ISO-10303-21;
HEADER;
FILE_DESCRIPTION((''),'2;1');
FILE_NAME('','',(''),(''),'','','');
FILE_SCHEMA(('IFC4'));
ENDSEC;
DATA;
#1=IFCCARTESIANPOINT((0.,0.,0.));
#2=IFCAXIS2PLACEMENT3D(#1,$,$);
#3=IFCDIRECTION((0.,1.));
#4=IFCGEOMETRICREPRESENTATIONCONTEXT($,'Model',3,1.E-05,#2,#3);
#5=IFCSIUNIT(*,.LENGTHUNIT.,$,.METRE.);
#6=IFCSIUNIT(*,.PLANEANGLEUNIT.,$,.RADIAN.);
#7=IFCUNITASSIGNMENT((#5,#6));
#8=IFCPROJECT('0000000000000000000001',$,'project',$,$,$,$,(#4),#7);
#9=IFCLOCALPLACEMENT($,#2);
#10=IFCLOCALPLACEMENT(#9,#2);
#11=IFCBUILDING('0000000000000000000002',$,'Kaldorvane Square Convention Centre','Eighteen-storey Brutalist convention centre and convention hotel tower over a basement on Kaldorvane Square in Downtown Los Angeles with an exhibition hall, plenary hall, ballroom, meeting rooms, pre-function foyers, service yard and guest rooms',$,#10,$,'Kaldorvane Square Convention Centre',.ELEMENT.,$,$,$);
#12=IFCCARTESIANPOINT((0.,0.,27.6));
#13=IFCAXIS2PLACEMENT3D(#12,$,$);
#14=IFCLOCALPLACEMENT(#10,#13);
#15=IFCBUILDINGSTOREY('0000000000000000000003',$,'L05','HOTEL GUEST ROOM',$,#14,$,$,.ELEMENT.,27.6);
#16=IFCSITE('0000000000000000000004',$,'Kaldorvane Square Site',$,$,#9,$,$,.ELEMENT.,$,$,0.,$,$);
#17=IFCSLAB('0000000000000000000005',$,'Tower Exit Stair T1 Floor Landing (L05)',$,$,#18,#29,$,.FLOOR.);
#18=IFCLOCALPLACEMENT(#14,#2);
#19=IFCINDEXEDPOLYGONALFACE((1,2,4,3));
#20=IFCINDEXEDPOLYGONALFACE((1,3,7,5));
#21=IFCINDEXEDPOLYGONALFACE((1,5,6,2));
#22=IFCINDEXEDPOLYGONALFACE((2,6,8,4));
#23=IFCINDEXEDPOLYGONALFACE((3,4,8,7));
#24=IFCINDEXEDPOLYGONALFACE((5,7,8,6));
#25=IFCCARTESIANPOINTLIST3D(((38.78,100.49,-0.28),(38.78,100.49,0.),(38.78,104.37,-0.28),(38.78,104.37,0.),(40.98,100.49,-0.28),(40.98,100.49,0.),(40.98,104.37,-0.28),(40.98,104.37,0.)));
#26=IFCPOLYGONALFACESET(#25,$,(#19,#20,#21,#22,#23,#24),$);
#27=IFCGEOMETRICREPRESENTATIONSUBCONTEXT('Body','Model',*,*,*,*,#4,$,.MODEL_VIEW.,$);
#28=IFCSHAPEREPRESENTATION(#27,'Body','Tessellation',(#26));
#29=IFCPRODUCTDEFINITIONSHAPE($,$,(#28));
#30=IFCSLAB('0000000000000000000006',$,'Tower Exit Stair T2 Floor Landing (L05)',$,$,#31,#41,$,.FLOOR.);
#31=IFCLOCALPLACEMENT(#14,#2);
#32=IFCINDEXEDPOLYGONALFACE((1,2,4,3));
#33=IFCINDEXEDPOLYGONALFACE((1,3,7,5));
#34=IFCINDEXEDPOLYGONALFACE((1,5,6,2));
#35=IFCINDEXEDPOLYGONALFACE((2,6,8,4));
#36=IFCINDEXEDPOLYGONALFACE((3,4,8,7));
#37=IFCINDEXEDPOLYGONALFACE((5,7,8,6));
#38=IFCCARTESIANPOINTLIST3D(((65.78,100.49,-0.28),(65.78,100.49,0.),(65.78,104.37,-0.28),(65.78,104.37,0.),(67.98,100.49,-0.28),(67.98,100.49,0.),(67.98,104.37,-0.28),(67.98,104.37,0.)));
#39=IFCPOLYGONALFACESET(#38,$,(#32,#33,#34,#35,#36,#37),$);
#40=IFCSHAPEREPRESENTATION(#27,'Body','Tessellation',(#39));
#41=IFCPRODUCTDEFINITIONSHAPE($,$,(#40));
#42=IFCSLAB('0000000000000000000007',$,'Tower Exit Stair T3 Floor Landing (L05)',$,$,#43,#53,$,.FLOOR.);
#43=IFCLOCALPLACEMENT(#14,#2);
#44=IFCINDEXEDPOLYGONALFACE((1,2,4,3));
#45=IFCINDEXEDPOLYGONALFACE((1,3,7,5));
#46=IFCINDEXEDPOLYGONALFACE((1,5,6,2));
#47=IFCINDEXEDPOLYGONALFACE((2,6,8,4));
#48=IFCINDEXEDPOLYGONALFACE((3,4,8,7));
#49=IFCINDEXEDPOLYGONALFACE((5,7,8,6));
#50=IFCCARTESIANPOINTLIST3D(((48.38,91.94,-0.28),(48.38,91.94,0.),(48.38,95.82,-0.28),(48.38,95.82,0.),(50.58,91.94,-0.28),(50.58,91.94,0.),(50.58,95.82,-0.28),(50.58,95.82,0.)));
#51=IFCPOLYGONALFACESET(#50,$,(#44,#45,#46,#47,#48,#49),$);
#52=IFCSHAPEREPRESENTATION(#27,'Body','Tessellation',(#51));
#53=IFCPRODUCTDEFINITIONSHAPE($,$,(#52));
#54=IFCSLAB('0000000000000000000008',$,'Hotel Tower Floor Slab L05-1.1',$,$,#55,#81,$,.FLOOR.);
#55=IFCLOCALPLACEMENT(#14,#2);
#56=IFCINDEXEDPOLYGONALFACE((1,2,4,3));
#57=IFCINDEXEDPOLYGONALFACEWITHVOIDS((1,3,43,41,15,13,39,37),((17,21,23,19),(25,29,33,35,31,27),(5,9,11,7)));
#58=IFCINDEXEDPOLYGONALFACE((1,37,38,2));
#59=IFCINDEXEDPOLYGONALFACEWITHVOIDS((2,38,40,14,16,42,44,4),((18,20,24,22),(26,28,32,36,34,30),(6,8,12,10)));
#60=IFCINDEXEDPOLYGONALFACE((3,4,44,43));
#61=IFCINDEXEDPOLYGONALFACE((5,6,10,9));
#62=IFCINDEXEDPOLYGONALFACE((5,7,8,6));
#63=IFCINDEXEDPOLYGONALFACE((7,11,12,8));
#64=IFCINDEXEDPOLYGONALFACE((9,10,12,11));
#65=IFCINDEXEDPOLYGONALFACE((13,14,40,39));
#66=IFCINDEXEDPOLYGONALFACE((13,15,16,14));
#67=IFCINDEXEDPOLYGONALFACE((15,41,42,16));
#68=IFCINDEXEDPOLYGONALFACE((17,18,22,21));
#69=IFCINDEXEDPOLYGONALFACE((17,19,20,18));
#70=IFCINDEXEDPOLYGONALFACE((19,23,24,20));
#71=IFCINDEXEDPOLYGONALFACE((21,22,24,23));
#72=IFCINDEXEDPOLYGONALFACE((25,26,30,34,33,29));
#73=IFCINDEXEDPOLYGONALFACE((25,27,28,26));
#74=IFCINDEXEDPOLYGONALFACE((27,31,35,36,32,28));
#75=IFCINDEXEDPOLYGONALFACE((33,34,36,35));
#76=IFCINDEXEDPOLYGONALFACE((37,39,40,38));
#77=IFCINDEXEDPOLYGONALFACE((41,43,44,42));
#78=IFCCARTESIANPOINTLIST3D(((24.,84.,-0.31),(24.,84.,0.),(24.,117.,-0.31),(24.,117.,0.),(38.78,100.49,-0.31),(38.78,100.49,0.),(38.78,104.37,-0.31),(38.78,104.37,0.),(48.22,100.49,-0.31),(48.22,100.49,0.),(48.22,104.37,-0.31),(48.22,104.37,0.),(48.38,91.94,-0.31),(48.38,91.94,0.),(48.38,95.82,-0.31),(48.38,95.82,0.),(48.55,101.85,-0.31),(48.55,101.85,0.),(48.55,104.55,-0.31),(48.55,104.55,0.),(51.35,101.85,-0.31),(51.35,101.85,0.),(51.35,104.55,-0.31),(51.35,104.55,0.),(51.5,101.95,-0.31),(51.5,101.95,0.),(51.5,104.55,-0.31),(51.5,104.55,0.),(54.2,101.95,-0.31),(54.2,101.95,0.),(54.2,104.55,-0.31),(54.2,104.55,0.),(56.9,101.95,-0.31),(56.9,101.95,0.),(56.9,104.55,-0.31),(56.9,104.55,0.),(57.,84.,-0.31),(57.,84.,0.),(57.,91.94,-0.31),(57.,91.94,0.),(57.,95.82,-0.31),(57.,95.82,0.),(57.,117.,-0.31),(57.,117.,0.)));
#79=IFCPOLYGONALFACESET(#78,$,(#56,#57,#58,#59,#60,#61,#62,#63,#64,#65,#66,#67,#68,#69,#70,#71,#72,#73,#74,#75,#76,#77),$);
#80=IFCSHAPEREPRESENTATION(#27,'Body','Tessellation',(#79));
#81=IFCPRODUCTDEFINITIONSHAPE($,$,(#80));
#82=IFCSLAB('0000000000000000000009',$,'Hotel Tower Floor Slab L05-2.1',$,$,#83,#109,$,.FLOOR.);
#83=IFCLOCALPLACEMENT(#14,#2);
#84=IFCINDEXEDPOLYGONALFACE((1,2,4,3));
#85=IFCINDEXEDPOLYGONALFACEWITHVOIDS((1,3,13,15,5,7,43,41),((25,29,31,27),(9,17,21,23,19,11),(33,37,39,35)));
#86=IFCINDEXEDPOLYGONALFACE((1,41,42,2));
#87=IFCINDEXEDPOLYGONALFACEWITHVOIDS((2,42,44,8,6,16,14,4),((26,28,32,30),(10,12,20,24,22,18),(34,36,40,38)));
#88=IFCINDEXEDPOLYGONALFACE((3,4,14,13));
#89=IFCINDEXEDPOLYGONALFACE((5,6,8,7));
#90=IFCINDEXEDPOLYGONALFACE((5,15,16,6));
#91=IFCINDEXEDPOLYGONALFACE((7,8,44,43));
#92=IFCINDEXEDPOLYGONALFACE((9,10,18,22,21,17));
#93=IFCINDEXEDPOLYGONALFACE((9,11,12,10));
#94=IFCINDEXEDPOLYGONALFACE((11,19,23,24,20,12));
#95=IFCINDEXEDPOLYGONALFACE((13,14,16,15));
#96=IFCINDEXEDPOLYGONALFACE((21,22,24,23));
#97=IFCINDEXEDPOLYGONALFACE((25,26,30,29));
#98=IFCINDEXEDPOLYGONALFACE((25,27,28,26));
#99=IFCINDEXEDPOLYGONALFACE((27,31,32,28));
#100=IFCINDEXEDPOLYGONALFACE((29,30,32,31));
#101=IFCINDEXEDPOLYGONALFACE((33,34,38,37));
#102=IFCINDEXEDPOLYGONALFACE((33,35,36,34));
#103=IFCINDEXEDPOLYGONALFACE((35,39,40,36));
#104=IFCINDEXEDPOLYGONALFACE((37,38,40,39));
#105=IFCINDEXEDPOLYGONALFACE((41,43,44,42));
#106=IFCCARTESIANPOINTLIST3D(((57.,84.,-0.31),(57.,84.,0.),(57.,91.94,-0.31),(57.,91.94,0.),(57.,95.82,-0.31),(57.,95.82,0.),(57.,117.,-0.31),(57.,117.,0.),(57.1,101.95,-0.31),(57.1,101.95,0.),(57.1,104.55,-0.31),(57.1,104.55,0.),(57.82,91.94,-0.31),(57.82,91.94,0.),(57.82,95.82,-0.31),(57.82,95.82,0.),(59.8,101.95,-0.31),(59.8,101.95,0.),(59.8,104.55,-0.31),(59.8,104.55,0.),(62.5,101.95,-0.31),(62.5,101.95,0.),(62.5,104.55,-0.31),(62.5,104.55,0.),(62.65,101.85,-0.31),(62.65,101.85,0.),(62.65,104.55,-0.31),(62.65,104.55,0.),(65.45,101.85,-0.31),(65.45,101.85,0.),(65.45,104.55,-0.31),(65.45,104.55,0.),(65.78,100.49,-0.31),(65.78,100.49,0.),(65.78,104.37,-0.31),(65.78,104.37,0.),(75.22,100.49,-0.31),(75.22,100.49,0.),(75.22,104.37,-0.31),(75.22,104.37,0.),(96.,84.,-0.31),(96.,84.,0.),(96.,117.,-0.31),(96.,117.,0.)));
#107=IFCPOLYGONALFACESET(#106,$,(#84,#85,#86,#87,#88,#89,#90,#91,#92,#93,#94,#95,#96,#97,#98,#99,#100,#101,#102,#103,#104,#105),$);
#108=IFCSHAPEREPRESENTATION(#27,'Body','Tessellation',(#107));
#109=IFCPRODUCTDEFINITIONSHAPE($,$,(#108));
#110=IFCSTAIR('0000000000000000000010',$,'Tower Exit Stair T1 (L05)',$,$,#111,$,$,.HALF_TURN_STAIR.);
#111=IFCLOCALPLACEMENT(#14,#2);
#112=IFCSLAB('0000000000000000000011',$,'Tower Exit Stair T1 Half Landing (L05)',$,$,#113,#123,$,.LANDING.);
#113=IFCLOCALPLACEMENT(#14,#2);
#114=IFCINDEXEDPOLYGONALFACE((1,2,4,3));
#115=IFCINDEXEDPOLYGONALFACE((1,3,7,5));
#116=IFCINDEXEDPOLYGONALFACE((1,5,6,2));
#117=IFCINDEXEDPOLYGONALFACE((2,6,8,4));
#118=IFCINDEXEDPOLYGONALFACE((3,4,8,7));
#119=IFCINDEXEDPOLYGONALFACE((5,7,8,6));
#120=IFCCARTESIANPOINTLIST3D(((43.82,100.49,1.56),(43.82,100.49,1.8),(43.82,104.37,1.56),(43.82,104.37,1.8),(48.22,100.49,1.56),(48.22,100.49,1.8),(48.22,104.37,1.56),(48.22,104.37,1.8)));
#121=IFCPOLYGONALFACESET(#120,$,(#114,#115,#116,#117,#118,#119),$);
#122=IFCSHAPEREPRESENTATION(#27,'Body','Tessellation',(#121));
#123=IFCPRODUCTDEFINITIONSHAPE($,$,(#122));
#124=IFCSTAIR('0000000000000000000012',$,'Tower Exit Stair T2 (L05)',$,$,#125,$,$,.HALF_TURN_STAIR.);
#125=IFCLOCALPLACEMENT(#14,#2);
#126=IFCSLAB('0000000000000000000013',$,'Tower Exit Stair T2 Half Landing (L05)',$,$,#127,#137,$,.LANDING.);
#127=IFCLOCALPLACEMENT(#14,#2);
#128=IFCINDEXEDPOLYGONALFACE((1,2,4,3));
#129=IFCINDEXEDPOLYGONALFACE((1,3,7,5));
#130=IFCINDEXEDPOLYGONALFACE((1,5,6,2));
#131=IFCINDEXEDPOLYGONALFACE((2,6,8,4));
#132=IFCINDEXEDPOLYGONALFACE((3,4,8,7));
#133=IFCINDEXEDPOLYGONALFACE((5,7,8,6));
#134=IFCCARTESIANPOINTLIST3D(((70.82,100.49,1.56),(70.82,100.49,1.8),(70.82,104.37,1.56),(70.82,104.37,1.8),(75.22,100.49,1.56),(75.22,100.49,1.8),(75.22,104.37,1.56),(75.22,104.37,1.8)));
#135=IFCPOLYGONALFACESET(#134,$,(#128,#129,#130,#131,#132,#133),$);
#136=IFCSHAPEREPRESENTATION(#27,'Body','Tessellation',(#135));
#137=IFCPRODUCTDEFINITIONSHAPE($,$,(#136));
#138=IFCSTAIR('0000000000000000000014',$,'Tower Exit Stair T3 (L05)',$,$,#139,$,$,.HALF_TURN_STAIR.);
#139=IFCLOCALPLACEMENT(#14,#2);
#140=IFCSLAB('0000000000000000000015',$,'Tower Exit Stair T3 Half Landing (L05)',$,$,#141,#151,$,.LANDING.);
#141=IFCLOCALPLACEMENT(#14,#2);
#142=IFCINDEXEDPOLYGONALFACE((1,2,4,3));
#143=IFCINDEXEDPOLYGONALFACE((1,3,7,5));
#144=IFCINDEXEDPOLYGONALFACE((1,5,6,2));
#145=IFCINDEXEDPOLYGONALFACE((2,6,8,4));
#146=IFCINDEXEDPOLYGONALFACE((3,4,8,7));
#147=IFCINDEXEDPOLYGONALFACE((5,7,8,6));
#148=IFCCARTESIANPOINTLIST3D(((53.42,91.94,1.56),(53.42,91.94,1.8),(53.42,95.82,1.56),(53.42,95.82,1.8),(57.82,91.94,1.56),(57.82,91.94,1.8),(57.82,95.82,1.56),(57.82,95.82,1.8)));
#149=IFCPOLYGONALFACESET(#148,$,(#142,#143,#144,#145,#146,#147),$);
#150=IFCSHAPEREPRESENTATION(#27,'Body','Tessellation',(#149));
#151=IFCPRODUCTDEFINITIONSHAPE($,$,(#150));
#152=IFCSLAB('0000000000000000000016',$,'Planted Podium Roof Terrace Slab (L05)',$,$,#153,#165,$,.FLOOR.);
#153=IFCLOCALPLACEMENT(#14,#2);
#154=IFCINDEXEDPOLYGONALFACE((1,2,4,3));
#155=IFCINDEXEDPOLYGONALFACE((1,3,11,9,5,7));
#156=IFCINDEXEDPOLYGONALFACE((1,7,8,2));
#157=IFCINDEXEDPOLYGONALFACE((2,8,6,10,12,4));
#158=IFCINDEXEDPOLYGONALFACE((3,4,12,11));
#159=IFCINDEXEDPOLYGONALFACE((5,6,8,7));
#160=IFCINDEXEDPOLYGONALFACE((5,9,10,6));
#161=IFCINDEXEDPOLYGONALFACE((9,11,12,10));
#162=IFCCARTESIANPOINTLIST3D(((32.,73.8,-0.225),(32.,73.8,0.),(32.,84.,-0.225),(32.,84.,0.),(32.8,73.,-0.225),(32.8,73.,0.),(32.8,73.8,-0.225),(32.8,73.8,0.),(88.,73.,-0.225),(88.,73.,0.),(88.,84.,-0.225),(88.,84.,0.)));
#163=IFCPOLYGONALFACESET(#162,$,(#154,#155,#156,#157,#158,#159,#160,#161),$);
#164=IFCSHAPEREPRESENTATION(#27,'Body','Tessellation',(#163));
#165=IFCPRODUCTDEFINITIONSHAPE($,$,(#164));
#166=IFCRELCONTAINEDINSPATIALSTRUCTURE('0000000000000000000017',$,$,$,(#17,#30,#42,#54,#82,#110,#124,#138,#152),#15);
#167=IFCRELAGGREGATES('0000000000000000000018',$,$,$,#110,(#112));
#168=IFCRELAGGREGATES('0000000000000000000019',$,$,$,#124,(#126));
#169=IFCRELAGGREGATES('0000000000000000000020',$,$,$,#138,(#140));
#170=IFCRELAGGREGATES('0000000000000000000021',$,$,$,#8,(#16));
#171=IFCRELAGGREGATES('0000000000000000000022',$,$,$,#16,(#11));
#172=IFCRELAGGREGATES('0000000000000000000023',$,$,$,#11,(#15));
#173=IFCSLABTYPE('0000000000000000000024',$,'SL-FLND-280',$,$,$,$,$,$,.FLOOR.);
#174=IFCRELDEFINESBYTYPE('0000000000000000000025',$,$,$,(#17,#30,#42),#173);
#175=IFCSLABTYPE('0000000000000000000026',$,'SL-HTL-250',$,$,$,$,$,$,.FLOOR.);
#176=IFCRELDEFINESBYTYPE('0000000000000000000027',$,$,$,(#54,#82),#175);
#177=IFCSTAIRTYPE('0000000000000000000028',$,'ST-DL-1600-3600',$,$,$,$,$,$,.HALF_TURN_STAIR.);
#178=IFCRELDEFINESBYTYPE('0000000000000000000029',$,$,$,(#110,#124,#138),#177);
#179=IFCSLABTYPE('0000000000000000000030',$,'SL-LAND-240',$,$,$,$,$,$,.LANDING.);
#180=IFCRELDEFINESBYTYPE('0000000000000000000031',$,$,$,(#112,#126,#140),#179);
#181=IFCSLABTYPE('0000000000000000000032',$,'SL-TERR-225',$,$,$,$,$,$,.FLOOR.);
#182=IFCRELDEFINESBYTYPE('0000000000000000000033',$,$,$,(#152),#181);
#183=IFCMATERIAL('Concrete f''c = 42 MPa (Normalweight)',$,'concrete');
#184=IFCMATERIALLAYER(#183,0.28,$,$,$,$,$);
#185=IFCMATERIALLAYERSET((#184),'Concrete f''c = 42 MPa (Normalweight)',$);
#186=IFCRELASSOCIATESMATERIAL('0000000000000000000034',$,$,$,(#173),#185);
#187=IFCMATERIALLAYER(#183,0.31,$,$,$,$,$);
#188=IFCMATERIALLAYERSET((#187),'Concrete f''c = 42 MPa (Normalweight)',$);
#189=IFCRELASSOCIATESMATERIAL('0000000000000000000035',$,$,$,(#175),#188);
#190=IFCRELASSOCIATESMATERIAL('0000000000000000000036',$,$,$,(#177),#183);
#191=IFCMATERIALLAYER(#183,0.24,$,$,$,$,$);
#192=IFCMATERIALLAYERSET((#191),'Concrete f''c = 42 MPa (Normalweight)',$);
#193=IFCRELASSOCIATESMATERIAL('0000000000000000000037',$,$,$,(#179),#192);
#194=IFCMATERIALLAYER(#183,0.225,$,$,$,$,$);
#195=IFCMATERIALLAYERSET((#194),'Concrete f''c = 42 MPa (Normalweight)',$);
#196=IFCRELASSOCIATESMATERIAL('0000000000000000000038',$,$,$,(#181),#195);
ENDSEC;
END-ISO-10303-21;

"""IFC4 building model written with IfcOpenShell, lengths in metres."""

from ifc_helpers import new_model, si_unit, direction, frame, origin, place, context, subcontext, project, spatial, polyline, outline, extrude, material, layer, layer_set, type_object, element, aggregate, save


model = new_model("IFC4")

# Units and contexts
model_context = context("Model", 3, precision=1e-05, world=origin(), true_north=direction((0.0, 1.0)))
body_context = subcontext(model_context, "Body", "Model", "MODEL_VIEW")
ifc_project = project(units=[si_unit("LENGTHUNIT", "METRE"), si_unit("PLANEANGLEUNIT", "RADIAN")], contexts=[model_context])

# Site, building, storey
site_placement = place(None, origin())
site = spatial("IfcSite", under=ifc_project, at=site_placement, Name="Kaldorvane Square Site", CompositionType="ELEMENT", RefElevation=0.0)
building_placement = place(site_placement, origin())
building = spatial("IfcBuilding", under=site, at=building_placement, Name="Kaldorvane Square Convention Centre", Description="Eighteen-storey Brutalist convention centre and convention hotel tower over a basement on Kaldorvane Square in Downtown Los Angeles with an exhibition hall, plenary hall, ballroom, meeting rooms, pre-function foyers, service yard and guest rooms", LongName="Kaldorvane Square Convention Centre", CompositionType="ELEMENT")
storey_placement = place(building_placement, frame((0.0, 0.0, 27.6)))
storey = spatial("IfcBuildingStorey", under=building, at=storey_placement, Name="L05", Description="HOTEL GUEST ROOM", CompositionType="ELEMENT", Elevation=27.6)

# Shared definitions
ifc_material_1 = material(Name="Concrete f'c = 42 MPa (Normalweight)", Category="concrete")

# Slabs
ifc_layer_1 = layer(ifc_material_1, 0.28)
ifc_layer_set_1 = layer_set([ifc_layer_1], Name="Concrete f'c = 42 MPa (Normalweight)")
slab_type_1 = type_object("IfcSlabType", Name="SL-FLND-280", PredefinedType="FLOOR", material=ifc_layer_set_1)
slab_1_placement = place(storey_placement, frame((0.0, 0.0, -0.28)))
element("IfcSlab", 1, at=slab_1_placement, inside=storey, type_object=slab_type_1, Name="Tower Exit Stair T1 Floor Landing (L05)", PredefinedType="FLOOR", context=body_context, shape_type="SweptSolid", body=[
    extrude(outline(polyline([(38.78, 100.49), (40.98, 100.49), (40.98, 104.37), (38.78, 104.37), (38.78, 100.49)])), origin(), (0.0, 0.0, 1.0), 0.28),
])
slab_2_placement = place(storey_placement, frame((0.0, 0.0, -0.28)))
element("IfcSlab", 2, at=slab_2_placement, inside=storey, type_object=slab_type_1, Name="Tower Exit Stair T2 Floor Landing (L05)", PredefinedType="FLOOR", context=body_context, shape_type="SweptSolid", body=[
    extrude(outline(polyline([(65.78, 100.49), (67.98, 100.49), (67.98, 104.37), (65.78, 104.37), (65.78, 100.49)])), origin(), (0.0, 0.0, 1.0), 0.28),
])
slab_3_placement = place(storey_placement, frame((0.0, 0.0, -0.28)))
element("IfcSlab", 3, at=slab_3_placement, inside=storey, type_object=slab_type_1, Name="Tower Exit Stair T3 Floor Landing (L05)", PredefinedType="FLOOR", context=body_context, shape_type="SweptSolid", body=[
    extrude(outline(polyline([(48.38, 91.94), (50.58, 91.94), (50.58, 95.82), (48.38, 95.82), (48.38, 91.94)])), origin(), (0.0, 0.0, 1.0), 0.28),
])
ifc_layer_2 = layer(ifc_material_1, 0.31)
ifc_layer_set_2 = layer_set([ifc_layer_2], Name="Concrete f'c = 42 MPa (Normalweight)")
slab_type_2 = type_object("IfcSlabType", Name="SL-HTL-250", PredefinedType="FLOOR", material=ifc_layer_set_2)
slab_4_placement = place(storey_placement, frame((0.0, 0.0, -0.31)))
element("IfcSlab", 4, at=slab_4_placement, inside=storey, type_object=slab_type_2, Name="Hotel Tower Floor Slab L05-1.1", PredefinedType="FLOOR", context=body_context, shape_type="SweptSolid", body=[
    extrude(outline(polyline([(24.0, 117.0), (57.0, 117.0), (57.0, 95.82), (48.38, 95.82), (48.38, 91.94), (57.0, 91.94), (57.0, 84.0), (24.0, 84.0), (24.0, 117.0)]), holes=[polyline([(38.78, 104.37), (38.78, 100.49), (48.22, 100.49), (48.22, 104.37), (38.78, 104.37)]), polyline([(48.55, 104.55), (48.55, 101.85), (51.35, 101.85), (51.35, 104.55), (48.55, 104.55)]), polyline([(51.5, 104.55), (51.5, 101.95), (54.2, 101.95), (56.9, 101.95), (56.9, 104.55), (54.2, 104.55), (51.5, 104.55)])]), origin(), (0.0, 0.0, 1.0), 0.31),
])
slab_5_placement = place(storey_placement, frame((0.0, 0.0, -0.31)))
element("IfcSlab", 5, at=slab_5_placement, inside=storey, type_object=slab_type_2, Name="Hotel Tower Floor Slab L05-2.1", PredefinedType="FLOOR", context=body_context, shape_type="SweptSolid", body=[
    extrude(outline(polyline([(96.0, 117.0), (96.0, 84.0), (57.0, 84.0), (57.0, 91.94), (57.82, 91.94), (57.82, 95.82), (57.0, 95.82), (57.0, 117.0), (96.0, 117.0)]), holes=[polyline([(65.78, 104.37), (65.78, 100.49), (75.22, 100.49), (75.22, 104.37), (65.78, 104.37)]), polyline([(62.65, 104.55), (62.65, 101.85), (65.45, 101.85), (65.45, 104.55), (62.65, 104.55)]), polyline([(57.1, 104.55), (57.1, 101.95), (59.8, 101.95), (62.5, 101.95), (62.5, 104.55), (59.8, 104.55), (57.1, 104.55)])]), origin(), (0.0, 0.0, 1.0), 0.31),
])

# Stairs, slabs
stair_type = type_object("IfcStairType", Name="ST-DL-1600-3600", PredefinedType="HALF_TURN_STAIR", material=ifc_material_1)
stair_1_placement = place(storey_placement, origin())
stair_1 = element("IfcStair", 6, at=stair_1_placement, inside=storey, type_object=stair_type, Name="Tower Exit Stair T1 (L05)", PredefinedType="HALF_TURN_STAIR")
ifc_layer_3 = layer(ifc_material_1, 0.24)
ifc_layer_set_3 = layer_set([ifc_layer_3], Name="Concrete f'c = 42 MPa (Normalweight)")
slab_type_3 = type_object("IfcSlabType", Name="SL-LAND-240", PredefinedType="LANDING", material=ifc_layer_set_3)
slab_6_placement = place(storey_placement, frame((0.0, 0.0, 1.56)))
slab_6 = element("IfcSlab", 7, at=slab_6_placement, type_object=slab_type_3, Name="Tower Exit Stair T1 Half Landing (L05)", PredefinedType="LANDING", context=body_context, shape_type="SweptSolid", body=[
    extrude(outline(polyline([(43.82, 100.49), (48.22, 100.49), (48.22, 104.37), (43.82, 104.37), (43.82, 100.49)])), origin(), (0.0, 0.0, 1.0), 0.24),
])
aggregate(stair_1, [slab_6])
stair_2_placement = place(storey_placement, origin())
stair_2 = element("IfcStair", 8, at=stair_2_placement, inside=storey, type_object=stair_type, Name="Tower Exit Stair T2 (L05)", PredefinedType="HALF_TURN_STAIR")
slab_7_placement = place(storey_placement, frame((0.0, 0.0, 1.56)))
slab_7 = element("IfcSlab", 9, at=slab_7_placement, type_object=slab_type_3, Name="Tower Exit Stair T2 Half Landing (L05)", PredefinedType="LANDING", context=body_context, shape_type="SweptSolid", body=[
    extrude(outline(polyline([(70.82, 100.49), (75.22, 100.49), (75.22, 104.37), (70.82, 104.37), (70.82, 100.49)])), origin(), (0.0, 0.0, 1.0), 0.24),
])
aggregate(stair_2, [slab_7])
stair_3_placement = place(storey_placement, origin())
stair_3 = element("IfcStair", 10, at=stair_3_placement, inside=storey, type_object=stair_type, Name="Tower Exit Stair T3 (L05)", PredefinedType="HALF_TURN_STAIR")
slab_8_placement = place(storey_placement, frame((0.0, 0.0, 1.56)))
slab_8 = element("IfcSlab", 11, at=slab_8_placement, type_object=slab_type_3, Name="Tower Exit Stair T3 Half Landing (L05)", PredefinedType="LANDING", context=body_context, shape_type="SweptSolid", body=[
    extrude(outline(polyline([(53.42, 91.94), (57.82, 91.94), (57.82, 95.82), (53.42, 95.82), (53.42, 91.94)])), origin(), (0.0, 0.0, 1.0), 0.24),
])
aggregate(stair_3, [slab_8])

# Slab
ifc_layer_4 = layer(ifc_material_1, 0.225)
ifc_layer_set_4 = layer_set([ifc_layer_4], Name="Concrete f'c = 42 MPa (Normalweight)")
slab_type_4 = type_object("IfcSlabType", Name="SL-TERR-225", PredefinedType="FLOOR", material=ifc_layer_set_4)
slab_9_placement = place(storey_placement, frame((0.0, 0.0, -0.225)))
element("IfcSlab", 12, at=slab_9_placement, inside=storey, type_object=slab_type_4, Name="Planted Podium Roof Terrace Slab (L05)", PredefinedType="FLOOR", context=body_context, shape_type="SweptSolid", body=[
    extrude(outline(polyline([(32.0, 84.0), (88.0, 84.0), (88.0, 73.0), (32.8, 73.0), (32.8, 73.8), (32.0, 73.8), (32.0, 84.0)])), origin(), (0.0, 0.0, 1.0), 0.225),
])

save(model, "model.ifc")
